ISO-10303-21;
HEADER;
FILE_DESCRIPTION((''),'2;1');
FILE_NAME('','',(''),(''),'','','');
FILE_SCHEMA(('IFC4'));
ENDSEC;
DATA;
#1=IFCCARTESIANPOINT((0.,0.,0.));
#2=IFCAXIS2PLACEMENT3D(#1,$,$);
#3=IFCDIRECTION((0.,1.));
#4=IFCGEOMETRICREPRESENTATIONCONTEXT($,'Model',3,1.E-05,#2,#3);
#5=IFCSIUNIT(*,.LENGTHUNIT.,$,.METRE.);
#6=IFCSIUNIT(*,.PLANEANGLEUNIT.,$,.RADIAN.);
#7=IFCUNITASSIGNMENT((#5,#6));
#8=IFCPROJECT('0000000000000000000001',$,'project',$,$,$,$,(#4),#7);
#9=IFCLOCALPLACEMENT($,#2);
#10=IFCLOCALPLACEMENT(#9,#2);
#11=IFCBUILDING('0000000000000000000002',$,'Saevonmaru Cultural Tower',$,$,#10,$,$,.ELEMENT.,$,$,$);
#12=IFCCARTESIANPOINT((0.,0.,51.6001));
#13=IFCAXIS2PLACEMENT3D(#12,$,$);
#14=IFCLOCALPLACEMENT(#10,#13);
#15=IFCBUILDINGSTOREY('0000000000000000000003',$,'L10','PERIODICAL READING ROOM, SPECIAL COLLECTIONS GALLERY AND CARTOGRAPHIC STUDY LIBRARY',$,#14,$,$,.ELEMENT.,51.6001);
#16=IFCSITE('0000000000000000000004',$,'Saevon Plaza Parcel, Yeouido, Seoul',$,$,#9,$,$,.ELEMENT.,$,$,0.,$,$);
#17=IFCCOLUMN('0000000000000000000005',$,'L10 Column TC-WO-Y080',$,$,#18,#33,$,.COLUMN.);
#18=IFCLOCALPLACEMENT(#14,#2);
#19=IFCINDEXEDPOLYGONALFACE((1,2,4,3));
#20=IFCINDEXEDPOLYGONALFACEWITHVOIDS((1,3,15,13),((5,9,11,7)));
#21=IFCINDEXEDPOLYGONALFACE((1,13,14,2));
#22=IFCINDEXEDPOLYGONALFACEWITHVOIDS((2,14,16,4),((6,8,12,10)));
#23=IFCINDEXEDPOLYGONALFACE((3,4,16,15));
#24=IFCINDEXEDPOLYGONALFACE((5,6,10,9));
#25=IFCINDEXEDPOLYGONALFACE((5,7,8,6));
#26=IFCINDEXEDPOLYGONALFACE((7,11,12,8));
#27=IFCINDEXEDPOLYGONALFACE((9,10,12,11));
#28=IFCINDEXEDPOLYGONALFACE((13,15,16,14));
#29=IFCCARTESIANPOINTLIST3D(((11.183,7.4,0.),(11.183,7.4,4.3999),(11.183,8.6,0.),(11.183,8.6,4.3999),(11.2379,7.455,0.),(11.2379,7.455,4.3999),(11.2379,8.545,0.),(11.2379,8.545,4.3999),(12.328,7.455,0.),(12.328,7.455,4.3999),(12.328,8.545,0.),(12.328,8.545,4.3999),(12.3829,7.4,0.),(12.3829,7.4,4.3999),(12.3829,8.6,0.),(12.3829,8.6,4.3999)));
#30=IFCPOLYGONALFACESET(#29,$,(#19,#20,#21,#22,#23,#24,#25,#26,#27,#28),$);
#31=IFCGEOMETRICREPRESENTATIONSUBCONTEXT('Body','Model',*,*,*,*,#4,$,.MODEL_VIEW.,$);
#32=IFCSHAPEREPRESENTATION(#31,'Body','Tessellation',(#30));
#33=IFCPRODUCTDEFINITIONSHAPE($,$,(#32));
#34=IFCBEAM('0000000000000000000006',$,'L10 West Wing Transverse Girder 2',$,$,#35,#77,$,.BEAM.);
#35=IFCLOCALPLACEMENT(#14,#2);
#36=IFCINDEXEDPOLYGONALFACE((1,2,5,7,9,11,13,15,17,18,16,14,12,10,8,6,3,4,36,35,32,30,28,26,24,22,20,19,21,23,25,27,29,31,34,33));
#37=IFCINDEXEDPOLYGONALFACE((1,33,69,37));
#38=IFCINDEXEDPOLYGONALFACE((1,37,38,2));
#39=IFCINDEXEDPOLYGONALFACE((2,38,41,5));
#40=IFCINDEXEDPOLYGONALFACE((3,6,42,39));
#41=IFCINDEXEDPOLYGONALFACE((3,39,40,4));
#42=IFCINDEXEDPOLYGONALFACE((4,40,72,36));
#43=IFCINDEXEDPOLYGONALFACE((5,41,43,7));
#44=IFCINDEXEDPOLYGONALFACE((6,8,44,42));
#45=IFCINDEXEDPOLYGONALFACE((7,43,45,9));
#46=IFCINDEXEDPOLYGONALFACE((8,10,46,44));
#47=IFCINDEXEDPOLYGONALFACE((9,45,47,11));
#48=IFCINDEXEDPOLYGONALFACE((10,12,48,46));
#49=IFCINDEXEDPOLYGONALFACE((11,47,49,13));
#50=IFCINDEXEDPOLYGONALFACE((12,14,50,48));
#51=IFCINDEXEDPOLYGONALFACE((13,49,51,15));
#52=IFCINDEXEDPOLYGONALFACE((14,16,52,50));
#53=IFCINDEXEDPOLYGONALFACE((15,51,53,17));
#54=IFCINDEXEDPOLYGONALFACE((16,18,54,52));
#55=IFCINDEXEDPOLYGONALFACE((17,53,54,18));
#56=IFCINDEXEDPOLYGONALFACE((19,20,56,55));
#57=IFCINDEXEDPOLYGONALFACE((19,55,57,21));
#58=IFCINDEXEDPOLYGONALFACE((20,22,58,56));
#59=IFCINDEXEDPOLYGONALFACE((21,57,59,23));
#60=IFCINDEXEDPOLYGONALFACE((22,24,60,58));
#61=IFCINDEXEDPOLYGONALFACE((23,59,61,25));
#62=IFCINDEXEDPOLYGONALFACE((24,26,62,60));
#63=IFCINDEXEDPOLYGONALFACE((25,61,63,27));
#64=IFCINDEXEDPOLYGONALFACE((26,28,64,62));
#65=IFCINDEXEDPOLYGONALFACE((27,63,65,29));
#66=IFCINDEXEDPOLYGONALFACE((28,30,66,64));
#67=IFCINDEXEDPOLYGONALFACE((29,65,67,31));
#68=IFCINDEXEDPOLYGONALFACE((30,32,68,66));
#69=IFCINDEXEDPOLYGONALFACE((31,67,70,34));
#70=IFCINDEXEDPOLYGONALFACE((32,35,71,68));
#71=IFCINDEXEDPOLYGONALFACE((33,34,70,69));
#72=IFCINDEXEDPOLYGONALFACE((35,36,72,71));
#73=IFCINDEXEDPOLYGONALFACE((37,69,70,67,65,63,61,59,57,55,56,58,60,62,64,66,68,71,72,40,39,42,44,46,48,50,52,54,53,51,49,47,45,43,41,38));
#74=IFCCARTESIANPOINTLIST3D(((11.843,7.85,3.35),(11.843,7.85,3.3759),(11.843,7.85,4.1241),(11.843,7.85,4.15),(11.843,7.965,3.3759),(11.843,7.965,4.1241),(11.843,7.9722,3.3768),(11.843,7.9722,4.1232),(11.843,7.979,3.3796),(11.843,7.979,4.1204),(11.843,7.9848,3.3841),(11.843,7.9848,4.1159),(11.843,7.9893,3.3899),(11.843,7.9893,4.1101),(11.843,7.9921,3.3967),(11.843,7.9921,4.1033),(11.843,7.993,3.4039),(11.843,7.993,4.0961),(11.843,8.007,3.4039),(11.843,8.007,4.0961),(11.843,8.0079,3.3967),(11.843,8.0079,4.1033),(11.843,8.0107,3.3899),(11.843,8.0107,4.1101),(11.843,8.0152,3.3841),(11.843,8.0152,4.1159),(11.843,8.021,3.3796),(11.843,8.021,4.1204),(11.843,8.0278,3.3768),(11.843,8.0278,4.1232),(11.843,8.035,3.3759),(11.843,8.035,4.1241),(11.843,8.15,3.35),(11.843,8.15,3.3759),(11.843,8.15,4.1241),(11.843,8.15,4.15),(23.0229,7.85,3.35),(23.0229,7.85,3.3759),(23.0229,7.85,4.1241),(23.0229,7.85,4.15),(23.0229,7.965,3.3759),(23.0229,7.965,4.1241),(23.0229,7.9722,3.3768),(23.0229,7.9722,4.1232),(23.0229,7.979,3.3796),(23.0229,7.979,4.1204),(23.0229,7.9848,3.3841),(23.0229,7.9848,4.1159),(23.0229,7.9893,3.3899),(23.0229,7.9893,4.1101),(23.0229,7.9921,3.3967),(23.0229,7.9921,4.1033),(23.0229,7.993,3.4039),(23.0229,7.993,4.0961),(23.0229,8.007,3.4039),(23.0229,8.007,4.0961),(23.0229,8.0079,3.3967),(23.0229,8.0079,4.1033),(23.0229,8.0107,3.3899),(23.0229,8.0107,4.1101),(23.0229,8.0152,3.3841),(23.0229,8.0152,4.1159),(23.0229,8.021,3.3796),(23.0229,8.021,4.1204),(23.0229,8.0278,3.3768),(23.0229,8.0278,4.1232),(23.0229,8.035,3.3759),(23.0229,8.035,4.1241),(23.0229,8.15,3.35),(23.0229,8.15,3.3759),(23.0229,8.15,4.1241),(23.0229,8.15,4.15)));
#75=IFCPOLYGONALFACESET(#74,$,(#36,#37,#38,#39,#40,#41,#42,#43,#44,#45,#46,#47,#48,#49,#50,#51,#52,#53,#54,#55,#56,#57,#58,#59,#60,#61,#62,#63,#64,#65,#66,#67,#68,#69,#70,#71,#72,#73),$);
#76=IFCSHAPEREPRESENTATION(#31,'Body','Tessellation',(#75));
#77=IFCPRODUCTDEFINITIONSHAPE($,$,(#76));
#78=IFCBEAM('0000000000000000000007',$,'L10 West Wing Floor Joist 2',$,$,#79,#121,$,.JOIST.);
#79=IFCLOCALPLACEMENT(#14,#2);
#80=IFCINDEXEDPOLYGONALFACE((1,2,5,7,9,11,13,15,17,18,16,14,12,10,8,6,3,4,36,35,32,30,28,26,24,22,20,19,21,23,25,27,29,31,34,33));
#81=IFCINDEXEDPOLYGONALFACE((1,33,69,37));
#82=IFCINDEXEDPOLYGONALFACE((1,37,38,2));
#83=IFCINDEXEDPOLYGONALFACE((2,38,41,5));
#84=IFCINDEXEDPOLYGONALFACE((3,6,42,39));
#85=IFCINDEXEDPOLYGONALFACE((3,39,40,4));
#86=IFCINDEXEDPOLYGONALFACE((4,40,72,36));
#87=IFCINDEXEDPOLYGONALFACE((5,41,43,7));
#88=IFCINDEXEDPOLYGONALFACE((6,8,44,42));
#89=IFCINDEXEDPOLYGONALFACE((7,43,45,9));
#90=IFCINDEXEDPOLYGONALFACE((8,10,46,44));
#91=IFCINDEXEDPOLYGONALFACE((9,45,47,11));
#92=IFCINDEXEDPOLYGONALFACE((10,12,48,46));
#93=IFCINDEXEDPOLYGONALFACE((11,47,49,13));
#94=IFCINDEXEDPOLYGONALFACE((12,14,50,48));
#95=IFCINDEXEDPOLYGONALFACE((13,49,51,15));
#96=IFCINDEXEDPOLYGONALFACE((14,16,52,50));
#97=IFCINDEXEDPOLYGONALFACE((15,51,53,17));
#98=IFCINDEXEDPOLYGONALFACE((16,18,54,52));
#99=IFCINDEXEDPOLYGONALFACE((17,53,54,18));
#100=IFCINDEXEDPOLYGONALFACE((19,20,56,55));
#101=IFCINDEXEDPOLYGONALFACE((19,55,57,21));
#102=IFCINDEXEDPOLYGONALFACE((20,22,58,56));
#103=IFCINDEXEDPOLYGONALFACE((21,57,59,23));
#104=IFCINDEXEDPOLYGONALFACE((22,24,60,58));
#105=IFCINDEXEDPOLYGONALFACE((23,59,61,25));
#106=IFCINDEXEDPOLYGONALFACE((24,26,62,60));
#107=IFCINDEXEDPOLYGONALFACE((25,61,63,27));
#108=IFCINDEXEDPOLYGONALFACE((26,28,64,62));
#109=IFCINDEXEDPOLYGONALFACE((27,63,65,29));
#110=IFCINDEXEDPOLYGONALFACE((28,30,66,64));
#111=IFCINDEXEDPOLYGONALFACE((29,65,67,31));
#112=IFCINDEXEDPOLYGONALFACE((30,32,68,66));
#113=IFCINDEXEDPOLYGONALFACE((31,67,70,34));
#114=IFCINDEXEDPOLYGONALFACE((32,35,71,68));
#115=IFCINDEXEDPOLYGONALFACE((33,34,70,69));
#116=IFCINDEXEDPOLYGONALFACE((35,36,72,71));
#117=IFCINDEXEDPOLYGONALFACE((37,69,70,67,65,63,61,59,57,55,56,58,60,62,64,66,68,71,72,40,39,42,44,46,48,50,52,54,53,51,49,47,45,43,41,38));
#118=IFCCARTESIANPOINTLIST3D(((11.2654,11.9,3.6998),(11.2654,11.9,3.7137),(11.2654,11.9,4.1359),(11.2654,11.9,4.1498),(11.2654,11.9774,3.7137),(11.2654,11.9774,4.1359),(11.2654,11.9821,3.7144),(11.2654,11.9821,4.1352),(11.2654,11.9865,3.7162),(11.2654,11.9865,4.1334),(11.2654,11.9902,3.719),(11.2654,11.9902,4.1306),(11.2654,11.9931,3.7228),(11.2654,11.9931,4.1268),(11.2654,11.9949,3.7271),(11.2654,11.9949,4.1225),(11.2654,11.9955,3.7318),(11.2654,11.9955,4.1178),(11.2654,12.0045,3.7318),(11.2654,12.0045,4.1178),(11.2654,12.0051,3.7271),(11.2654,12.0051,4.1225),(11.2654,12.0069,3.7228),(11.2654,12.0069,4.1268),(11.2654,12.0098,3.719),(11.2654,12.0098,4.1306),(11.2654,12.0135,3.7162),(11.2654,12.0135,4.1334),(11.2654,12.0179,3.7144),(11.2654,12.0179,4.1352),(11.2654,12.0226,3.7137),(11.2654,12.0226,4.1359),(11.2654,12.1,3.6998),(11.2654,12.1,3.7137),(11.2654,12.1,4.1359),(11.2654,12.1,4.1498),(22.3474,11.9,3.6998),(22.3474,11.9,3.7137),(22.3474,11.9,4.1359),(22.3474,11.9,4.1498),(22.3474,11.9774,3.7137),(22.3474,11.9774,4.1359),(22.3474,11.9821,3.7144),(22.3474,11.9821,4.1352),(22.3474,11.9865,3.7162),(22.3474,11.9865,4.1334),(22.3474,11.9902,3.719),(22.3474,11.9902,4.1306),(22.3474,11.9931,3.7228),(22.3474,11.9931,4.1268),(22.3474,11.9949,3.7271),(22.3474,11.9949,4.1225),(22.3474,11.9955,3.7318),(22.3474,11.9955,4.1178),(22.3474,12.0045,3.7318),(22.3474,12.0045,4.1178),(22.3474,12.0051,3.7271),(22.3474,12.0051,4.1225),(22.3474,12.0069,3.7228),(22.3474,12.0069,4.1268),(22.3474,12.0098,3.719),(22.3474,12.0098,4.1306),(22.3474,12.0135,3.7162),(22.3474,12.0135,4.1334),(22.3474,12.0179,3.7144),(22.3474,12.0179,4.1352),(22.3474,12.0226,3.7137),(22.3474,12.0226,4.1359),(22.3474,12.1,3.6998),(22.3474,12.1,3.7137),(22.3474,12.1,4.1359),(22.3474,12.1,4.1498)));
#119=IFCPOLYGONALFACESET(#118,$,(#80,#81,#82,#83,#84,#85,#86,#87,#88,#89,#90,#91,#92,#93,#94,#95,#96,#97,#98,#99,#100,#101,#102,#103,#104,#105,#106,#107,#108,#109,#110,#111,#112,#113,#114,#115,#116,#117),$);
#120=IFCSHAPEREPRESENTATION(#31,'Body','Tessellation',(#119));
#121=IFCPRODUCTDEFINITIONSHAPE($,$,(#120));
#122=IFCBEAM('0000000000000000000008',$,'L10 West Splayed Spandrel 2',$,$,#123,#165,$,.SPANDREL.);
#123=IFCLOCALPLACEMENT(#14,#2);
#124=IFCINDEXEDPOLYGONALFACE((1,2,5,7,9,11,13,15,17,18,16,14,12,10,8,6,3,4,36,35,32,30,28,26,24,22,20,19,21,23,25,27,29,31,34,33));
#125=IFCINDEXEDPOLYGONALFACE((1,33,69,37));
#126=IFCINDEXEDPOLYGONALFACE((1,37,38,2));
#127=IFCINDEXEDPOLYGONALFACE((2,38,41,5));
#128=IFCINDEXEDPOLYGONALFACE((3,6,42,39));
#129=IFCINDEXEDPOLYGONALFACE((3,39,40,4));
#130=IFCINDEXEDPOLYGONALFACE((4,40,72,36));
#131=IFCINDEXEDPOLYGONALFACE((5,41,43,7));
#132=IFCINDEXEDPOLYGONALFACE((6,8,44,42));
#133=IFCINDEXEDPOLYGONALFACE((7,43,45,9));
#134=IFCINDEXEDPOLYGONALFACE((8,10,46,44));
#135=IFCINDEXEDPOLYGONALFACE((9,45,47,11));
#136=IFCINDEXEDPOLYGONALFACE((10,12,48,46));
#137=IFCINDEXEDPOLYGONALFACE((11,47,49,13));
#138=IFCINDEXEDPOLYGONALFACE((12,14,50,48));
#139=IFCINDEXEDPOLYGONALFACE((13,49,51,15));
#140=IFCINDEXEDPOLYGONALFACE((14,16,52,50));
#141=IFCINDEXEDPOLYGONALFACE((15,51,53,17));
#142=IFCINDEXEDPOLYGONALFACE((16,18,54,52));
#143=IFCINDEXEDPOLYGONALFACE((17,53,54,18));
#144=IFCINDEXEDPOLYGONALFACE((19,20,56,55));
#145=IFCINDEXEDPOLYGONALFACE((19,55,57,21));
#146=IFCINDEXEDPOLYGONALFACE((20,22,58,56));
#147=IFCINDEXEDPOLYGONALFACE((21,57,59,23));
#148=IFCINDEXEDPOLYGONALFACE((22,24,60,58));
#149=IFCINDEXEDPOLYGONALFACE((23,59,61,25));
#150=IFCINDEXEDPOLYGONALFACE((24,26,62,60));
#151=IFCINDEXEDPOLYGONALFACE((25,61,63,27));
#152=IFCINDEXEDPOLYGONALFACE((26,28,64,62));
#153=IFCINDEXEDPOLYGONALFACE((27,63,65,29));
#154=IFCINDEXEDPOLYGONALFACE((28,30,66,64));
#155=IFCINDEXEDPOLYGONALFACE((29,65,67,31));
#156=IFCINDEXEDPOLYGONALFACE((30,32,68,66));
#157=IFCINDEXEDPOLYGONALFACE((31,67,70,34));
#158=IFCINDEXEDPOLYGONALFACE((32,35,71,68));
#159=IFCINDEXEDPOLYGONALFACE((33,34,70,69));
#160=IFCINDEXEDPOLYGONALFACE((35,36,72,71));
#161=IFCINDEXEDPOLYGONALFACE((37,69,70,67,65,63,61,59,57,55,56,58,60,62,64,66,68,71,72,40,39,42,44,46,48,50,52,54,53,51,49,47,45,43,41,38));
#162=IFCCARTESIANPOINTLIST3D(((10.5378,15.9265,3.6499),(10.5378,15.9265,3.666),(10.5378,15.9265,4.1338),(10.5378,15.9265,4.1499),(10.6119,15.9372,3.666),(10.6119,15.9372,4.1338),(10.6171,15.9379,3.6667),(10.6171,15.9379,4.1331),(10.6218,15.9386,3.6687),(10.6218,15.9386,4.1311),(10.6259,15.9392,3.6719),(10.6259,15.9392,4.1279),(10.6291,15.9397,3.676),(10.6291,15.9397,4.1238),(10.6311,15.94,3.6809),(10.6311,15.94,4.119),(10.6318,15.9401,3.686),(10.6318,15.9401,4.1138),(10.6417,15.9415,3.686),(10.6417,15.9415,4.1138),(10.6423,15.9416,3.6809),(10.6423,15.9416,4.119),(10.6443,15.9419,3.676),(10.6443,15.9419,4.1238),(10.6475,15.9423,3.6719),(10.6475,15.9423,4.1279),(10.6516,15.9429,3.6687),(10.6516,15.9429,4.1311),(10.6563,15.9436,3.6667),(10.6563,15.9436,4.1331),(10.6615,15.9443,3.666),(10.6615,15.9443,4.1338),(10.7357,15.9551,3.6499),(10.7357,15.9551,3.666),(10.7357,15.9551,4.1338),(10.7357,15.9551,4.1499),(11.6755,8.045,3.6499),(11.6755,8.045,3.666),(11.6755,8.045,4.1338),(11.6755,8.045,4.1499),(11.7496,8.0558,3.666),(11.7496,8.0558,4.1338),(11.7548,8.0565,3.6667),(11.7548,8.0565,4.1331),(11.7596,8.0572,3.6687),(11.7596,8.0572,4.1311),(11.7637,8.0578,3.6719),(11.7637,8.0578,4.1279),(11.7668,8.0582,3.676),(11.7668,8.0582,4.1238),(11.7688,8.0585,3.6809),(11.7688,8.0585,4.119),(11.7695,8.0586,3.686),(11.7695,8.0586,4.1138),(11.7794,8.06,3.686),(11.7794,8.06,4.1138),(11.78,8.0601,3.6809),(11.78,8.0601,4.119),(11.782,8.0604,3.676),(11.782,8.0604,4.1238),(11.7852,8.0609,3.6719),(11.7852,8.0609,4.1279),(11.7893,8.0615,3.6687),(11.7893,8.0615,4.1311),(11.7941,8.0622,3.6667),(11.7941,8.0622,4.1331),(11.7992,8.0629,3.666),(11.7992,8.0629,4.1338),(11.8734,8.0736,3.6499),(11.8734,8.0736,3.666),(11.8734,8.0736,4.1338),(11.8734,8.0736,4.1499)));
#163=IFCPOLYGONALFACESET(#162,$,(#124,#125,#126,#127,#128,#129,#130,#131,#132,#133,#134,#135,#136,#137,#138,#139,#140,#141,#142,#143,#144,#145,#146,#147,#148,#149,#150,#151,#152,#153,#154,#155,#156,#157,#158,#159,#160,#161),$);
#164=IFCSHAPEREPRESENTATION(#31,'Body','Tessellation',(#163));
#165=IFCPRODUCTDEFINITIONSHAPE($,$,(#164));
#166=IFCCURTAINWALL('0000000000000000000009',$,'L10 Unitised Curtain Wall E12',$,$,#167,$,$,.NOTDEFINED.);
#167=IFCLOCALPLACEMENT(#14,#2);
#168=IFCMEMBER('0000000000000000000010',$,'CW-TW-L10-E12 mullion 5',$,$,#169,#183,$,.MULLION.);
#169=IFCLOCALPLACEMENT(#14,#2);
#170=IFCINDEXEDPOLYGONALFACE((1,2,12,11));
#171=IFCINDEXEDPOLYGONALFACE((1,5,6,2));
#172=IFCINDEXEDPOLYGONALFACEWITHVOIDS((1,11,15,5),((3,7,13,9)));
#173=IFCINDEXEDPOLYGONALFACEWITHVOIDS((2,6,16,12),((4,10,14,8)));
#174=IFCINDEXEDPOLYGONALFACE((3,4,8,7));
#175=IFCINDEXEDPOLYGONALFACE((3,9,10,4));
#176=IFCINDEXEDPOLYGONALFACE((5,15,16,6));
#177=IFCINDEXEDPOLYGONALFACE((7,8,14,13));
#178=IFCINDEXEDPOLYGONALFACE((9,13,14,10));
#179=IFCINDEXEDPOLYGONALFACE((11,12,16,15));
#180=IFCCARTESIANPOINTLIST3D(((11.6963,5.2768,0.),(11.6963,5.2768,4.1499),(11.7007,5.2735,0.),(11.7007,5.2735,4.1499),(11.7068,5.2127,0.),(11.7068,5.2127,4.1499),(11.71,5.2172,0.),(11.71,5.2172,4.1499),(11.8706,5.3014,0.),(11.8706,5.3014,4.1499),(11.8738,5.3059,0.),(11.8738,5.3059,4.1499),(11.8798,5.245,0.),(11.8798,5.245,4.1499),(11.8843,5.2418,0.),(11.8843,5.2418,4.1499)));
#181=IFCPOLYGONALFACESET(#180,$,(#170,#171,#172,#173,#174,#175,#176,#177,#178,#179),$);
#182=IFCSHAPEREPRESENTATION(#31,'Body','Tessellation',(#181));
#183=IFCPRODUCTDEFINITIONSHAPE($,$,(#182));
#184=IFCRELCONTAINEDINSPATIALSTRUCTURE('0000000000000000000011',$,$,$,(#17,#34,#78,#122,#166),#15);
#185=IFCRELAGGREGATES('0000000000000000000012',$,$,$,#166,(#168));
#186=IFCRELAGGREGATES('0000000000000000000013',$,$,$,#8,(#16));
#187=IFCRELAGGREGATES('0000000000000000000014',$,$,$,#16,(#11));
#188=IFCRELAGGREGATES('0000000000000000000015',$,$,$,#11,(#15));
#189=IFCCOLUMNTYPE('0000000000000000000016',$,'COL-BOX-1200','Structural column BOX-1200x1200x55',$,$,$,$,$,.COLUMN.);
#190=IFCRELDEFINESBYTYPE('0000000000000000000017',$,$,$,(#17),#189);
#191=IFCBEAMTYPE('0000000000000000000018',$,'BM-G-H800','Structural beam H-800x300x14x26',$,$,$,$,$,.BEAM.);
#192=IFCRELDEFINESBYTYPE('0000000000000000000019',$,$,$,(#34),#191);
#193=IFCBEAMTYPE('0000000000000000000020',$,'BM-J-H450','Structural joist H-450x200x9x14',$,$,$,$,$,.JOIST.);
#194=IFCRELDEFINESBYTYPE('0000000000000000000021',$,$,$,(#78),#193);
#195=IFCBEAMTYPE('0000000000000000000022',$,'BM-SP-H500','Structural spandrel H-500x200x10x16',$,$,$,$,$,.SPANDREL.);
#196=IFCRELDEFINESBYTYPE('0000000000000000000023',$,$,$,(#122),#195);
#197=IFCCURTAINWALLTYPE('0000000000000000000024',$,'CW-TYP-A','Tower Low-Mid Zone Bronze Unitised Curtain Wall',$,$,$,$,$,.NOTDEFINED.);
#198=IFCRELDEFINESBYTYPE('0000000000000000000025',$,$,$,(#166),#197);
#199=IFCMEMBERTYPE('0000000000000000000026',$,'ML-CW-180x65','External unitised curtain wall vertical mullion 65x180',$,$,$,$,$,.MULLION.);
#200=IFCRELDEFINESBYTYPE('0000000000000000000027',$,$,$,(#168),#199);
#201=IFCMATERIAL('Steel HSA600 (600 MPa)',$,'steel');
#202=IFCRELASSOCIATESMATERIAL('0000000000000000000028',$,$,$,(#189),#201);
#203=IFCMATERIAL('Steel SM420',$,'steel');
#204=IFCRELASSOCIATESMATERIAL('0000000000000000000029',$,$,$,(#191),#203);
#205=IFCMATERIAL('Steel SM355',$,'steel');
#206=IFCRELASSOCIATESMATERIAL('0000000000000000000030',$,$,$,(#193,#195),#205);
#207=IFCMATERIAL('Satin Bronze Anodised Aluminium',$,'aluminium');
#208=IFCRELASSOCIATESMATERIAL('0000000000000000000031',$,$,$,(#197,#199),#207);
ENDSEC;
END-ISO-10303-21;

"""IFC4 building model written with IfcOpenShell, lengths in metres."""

from ifc_helpers import new_model, si_unit, direction, frame, origin, origin_2d, place, context, subcontext, project, spatial, hollow_rectangle, i_section, extrude, material, material_profile, profile_set, type_object, element, aggregate, save


model = new_model("IFC4")

# Units and contexts
model_context = context("Model", 3, precision=1e-05, world=origin(), true_north=direction((0.0, 1.0)))
body_context = subcontext(model_context, "Body", "Model", "MODEL_VIEW")
ifc_project = project(units=[si_unit("LENGTHUNIT", "METRE"), si_unit("PLANEANGLEUNIT", "RADIAN")], contexts=[model_context])

# Site, building, storey
site_placement = place(None, origin())
site = spatial("IfcSite", under=ifc_project, at=site_placement, Name="Saevon Plaza Parcel, Yeouido, Seoul", CompositionType="ELEMENT", RefElevation=0.0)
building_placement = place(site_placement, origin())
building = spatial("IfcBuilding", under=site, at=building_placement, Name="Saevonmaru Cultural Tower", CompositionType="ELEMENT")
storey_placement = place(building_placement, frame((0.0, 0.0, 51.6001)))
storey = spatial("IfcBuildingStorey", under=building, at=storey_placement, Name="L10", Description="PERIODICAL READING ROOM, SPECIAL COLLECTIONS GALLERY AND CARTOGRAPHIC STUDY LIBRARY", CompositionType="ELEMENT", Elevation=51.6001)

# Column
ifc_material_1 = material(Name="Steel HSA600 (600 MPa)", Category="steel")
ifc_material_profile_1 = material_profile(ifc_material_1, hollow_rectangle(XDim=1.2, YDim=1.2, WallThickness=0.0549, at=origin_2d()), Name="BOX-1200x1200x55")
ifc_profile_set_1 = profile_set([ifc_material_profile_1], Name="Steel HSA600 (600 MPa)")
column_type = type_object("IfcColumnType", Name="COL-BOX-1200", Description="Structural column BOX-1200x1200x55", PredefinedType="COLUMN", material=ifc_profile_set_1)
column_placement = place(storey_placement, frame((11.783, 8.0, 0.0), z_axis=(0.0, 0.0, 1.0), x_axis=(1.0, 0.0, 0.0)))
element("IfcColumn", 1, at=column_placement, inside=storey, type_object=column_type, Name="L10 Column TC-WO-Y080", PredefinedType="COLUMN", context=body_context, shape_type="SweptSolid", body=[
    extrude(hollow_rectangle(XDim=1.2, YDim=1.2, WallThickness=0.0549, at=origin_2d()), origin(), (0.0, 0.0, 1.0), 4.3999),
])

# Beams
ifc_material_2 = material(Name="Steel SM420", Category="steel")
ifc_material_profile_2 = material_profile(ifc_material_2, i_section(OverallWidth=0.3, OverallDepth=0.8, WebThickness=0.0139, FlangeThickness=0.0259, FilletRadius=0.0281, at=origin_2d()), Name="H-800x300x14x26")
ifc_profile_set_2 = profile_set([ifc_material_profile_2], Name="Steel SM420")
beam_type_1 = type_object("IfcBeamType", Name="BM-G-H800", Description="Structural beam H-800x300x14x26", PredefinedType="BEAM", material=ifc_profile_set_2)
beam_1_placement = place(storey_placement, frame((11.843, 8.0, 3.75), z_axis=(1.0, 0.0, 0.0), x_axis=(0.0, 1.0, 0.0)))
element("IfcBeam", 2, at=beam_1_placement, inside=storey, type_object=beam_type_1, Name="L10 West Wing Transverse Girder 2", PredefinedType="BEAM", context=body_context, shape_type="SweptSolid", body=[
    extrude(i_section(OverallWidth=0.3, OverallDepth=0.8, WebThickness=0.0139, FlangeThickness=0.0259, FilletRadius=0.0281, at=origin_2d()), origin(), (0.0, 0.0, 1.0), 11.1799),
])
ifc_material_3 = material(Name="Steel SM355", Category="steel")
ifc_material_profile_3 = material_profile(ifc_material_3, i_section(OverallWidth=0.2, OverallDepth=0.45, WebThickness=0.009, FlangeThickness=0.0139, FilletRadius=0.0181, at=origin_2d()), Name="H-450x200x9x14")
ifc_profile_set_3 = profile_set([ifc_material_profile_3], Name="Steel SM355")
beam_type_2 = type_object("IfcBeamType", Name="BM-J-H450", Description="Structural joist H-450x200x9x14", PredefinedType="JOIST", material=ifc_profile_set_3)
beam_2_placement = place(storey_placement, frame((11.2654, 12.0, 3.9248), z_axis=(1.0, 0.0, 0.0), x_axis=(0.0, 1.0, 0.0)))
element("IfcBeam", 3, at=beam_2_placement, inside=storey, type_object=beam_type_2, Name="L10 West Wing Floor Joist 2", PredefinedType="JOIST", context=body_context, shape_type="SweptSolid", body=[
    extrude(i_section(OverallWidth=0.2, OverallDepth=0.45, WebThickness=0.009, FlangeThickness=0.0139, FilletRadius=0.0181, at=origin_2d()), origin(), (0.0, 0.0, 1.0), 11.082),
])
ifc_material_profile_4 = material_profile(ifc_material_3, i_section(OverallWidth=0.2, OverallDepth=0.5, WebThickness=0.01, FlangeThickness=0.0161, FilletRadius=0.02, at=origin_2d()), Name="H-500x200x10x16")
ifc_profile_set_4 = profile_set([ifc_material_profile_4], Name="Steel SM355")
beam_type_3 = type_object("IfcBeamType", Name="BM-SP-H500", Description="Structural spandrel H-500x200x10x16", PredefinedType="SPANDREL", material=ifc_profile_set_4)
beam_3_placement = place(storey_placement, frame((11.7744, 8.0593, 3.8999), z_axis=(-0.142872, 0.989741, 0.0), x_axis=(-0.989741, -0.142872, 0.0)))
element("IfcBeam", 4, at=beam_3_placement, inside=storey, type_object=beam_type_3, Name="L10 West Splayed Spandrel 2", PredefinedType="SPANDREL", context=body_context, shape_type="SweptSolid", body=[
    extrude(i_section(OverallWidth=0.2, OverallDepth=0.5, WebThickness=0.01, FlangeThickness=0.0161, FilletRadius=0.02, at=origin_2d()), origin(), (0.0, 0.0, 1.0), 7.9631),
])

# Curtain wall, member
ifc_material_4 = material(Name="Satin Bronze Anodised Aluminium", Category="aluminium")
curtain_wall_type = type_object("IfcCurtainWallType", Name="CW-TYP-A", Description="Tower Low-Mid Zone Bronze Unitised Curtain Wall", PredefinedType="NOTDEFINED", material=ifc_material_4)
curtain_wall_placement = place(storey_placement, origin())
curtain_wall = element("IfcCurtainWall", 5, at=curtain_wall_placement, inside=storey, type_object=curtain_wall_type, Name="L10 Unitised Curtain Wall E12", PredefinedType="NOTDEFINED")
ifc_material_profile_5 = material_profile(ifc_material_4, hollow_rectangle(XDim=0.0649, YDim=0.1799, WallThickness=0.0039, at=origin_2d()), Name="ALU-MULL-180x65x4")
ifc_profile_set_5 = profile_set([ifc_material_profile_5], Name="Satin Bronze Anodised Aluminium")
member_type = type_object("IfcMemberType", Name="ML-CW-180x65", Description="External unitised curtain wall vertical mullion 65x180", PredefinedType="MULLION", material=ifc_profile_set_5)
member_placement = place(storey_placement, frame((11.7903, 5.2593, 0.0), z_axis=(0.0, 0.0, 1.0), x_axis=(0.161709, -0.986839, 0.0)))
member = element("IfcMember", 6, at=member_placement, type_object=member_type, Name="CW-TW-L10-E12 mullion 5", PredefinedType="MULLION", context=body_context, shape_type="SweptSolid", body=[
    extrude(hollow_rectangle(XDim=0.0649, YDim=0.1799, WallThickness=0.0039, at=origin_2d()), origin(), (0.0, 0.0, 1.0), 4.1499),
])
aggregate(curtain_wall, [member])

save(model, "model.ifc")
